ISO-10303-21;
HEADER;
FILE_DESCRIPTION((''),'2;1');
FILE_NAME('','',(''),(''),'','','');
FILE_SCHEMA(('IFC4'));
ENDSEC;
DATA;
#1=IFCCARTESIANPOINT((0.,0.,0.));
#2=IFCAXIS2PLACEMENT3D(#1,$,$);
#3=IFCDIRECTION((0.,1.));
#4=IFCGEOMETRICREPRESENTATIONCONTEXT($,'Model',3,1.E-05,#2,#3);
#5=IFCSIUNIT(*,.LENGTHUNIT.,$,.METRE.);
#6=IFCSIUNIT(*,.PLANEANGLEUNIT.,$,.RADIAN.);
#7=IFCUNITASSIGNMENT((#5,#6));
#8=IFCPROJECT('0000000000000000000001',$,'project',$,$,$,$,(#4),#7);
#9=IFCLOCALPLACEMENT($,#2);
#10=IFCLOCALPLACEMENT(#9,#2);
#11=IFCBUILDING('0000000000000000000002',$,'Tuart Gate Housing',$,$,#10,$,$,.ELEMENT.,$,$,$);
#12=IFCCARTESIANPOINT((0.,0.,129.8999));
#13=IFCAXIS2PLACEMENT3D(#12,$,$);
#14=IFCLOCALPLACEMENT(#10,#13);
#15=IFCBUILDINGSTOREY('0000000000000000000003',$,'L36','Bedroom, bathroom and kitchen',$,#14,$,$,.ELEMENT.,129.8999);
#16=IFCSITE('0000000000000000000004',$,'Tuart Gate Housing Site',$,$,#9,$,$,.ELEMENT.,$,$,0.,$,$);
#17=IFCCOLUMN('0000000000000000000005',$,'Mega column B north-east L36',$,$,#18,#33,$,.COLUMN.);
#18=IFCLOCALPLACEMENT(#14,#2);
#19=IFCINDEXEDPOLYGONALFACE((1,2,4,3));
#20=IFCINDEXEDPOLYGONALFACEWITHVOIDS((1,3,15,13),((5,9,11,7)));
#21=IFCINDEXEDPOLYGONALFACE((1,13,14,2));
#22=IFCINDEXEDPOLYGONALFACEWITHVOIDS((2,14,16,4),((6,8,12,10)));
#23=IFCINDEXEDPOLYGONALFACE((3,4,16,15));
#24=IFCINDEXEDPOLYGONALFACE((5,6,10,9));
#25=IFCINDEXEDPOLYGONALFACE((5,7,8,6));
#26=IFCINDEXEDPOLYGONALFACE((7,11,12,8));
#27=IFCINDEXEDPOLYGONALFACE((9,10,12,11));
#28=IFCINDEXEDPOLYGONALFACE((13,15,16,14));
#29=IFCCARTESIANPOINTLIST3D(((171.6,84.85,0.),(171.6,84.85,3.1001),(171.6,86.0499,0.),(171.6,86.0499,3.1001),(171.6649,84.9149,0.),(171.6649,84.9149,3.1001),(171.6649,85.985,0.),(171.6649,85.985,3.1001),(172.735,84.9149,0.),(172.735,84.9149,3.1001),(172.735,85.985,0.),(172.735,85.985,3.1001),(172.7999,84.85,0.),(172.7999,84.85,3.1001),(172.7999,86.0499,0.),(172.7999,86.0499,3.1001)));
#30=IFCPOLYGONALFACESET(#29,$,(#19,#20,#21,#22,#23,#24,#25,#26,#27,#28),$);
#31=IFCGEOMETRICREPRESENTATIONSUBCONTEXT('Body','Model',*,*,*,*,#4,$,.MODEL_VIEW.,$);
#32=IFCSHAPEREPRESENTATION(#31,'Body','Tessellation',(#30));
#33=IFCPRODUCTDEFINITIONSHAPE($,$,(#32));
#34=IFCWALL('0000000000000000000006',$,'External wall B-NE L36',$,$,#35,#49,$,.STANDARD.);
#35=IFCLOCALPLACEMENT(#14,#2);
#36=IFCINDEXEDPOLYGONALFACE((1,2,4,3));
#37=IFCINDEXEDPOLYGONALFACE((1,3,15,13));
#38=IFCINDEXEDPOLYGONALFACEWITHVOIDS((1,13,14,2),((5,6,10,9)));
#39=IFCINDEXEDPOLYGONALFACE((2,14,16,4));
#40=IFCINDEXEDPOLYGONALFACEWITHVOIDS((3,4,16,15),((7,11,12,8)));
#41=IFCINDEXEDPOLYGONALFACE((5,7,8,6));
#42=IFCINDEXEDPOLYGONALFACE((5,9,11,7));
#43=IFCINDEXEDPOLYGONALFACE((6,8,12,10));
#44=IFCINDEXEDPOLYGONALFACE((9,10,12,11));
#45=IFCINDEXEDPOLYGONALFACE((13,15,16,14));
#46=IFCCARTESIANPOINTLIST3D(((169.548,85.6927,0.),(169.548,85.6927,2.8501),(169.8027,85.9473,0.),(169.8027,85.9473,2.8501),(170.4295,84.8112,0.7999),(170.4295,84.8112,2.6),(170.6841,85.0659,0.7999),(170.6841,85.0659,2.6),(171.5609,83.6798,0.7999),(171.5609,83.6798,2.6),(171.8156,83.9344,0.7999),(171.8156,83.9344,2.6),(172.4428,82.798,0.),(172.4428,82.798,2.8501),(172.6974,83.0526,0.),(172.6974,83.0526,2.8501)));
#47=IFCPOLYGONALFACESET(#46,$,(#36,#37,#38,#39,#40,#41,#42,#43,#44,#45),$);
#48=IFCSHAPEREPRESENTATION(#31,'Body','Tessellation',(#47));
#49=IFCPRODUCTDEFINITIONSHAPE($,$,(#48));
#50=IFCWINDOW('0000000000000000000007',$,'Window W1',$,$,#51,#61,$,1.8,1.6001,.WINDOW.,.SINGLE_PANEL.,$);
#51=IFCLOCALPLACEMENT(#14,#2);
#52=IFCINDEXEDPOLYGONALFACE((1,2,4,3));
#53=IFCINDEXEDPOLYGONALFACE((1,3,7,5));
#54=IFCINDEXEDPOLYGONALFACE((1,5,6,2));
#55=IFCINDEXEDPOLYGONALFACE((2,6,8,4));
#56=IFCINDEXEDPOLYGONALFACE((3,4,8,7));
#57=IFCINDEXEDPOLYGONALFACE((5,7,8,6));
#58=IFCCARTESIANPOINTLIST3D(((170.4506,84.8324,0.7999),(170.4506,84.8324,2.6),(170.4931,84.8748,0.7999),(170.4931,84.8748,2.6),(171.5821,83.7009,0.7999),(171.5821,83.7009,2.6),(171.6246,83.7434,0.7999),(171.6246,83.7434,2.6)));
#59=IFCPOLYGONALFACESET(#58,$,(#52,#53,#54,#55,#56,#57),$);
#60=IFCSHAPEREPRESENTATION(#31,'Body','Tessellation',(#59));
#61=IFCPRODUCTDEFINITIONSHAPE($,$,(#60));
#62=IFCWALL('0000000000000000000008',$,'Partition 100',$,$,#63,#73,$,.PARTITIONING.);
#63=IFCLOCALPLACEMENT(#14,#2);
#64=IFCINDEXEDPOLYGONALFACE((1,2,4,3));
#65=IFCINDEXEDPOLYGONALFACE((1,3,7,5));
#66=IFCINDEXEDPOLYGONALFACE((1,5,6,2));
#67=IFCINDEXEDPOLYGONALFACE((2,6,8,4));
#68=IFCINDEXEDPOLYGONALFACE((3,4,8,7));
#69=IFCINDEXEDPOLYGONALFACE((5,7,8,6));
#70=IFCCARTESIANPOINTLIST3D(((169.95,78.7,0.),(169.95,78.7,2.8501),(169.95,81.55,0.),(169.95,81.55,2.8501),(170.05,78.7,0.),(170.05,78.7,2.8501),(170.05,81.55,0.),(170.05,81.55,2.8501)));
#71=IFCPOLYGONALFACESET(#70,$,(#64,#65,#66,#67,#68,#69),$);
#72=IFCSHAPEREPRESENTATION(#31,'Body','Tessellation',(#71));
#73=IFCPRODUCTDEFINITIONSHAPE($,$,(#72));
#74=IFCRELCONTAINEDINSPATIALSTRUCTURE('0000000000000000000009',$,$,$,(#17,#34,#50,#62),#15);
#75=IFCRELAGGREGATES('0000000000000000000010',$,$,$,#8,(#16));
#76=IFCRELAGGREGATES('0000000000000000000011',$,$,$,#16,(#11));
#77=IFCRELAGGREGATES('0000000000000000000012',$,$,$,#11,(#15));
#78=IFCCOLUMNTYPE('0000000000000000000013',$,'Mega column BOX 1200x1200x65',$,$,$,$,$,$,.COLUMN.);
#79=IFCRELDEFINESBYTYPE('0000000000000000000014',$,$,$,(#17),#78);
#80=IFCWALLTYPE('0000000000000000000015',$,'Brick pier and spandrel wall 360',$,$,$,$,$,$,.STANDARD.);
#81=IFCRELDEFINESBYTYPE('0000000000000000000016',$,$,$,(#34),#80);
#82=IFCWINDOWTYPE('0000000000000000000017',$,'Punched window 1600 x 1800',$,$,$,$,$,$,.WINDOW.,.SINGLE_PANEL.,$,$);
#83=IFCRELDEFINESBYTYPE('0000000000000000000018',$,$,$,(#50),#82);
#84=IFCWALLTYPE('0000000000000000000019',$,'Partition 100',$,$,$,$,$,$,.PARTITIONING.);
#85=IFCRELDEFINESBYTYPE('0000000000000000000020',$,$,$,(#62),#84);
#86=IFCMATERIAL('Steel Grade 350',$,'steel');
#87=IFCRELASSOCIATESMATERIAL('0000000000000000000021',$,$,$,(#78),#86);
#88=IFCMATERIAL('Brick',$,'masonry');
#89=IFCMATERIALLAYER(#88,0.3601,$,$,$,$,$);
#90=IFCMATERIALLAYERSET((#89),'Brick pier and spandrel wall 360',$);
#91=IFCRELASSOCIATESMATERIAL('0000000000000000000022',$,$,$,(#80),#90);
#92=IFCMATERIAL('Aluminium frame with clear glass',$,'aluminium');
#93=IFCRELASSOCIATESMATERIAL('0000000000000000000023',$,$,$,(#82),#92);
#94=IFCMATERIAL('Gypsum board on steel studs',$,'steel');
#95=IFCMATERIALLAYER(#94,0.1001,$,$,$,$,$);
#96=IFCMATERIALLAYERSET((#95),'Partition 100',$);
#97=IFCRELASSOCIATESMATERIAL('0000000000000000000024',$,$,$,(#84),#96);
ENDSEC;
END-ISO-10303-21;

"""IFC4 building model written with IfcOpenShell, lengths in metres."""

from ifc_helpers import new_model, si_unit, direction, frame, frame_2d, origin, origin_2d, place, context, subcontext, project, spatial, rectangle, hollow_rectangle, extrude, material, layer, layer_set, material_profile, profile_set, type_object, element, fill, save


model = new_model("IFC4")

# Units and contexts
model_context = context("Model", 3, precision=1e-05, world=origin(), true_north=direction((0.0, 1.0)))
body_context = subcontext(model_context, "Body", "Model", "MODEL_VIEW")
ifc_project = project(units=[si_unit("LENGTHUNIT", "METRE"), si_unit("PLANEANGLEUNIT", "RADIAN")], contexts=[model_context])

# Site, building, storey
site_placement = place(None, origin())
site = spatial("IfcSite", under=ifc_project, at=site_placement, Name="Tuart Gate Housing Site", CompositionType="ELEMENT", RefElevation=0.0)
building_placement = place(site_placement, origin())
building = spatial("IfcBuilding", under=site, at=building_placement, Name="Tuart Gate Housing", CompositionType="ELEMENT")
storey_placement = place(building_placement, frame((0.0, 0.0, 129.8999)))
storey = spatial("IfcBuildingStorey", under=building, at=storey_placement, Name="L36", Description="Bedroom, bathroom and kitchen", CompositionType="ELEMENT", Elevation=129.8999)

# Column
ifc_material_1 = material(Name="Steel Grade 350", Category="steel")
ifc_material_profile = material_profile(ifc_material_1, hollow_rectangle(XDim=1.2, YDim=1.2, WallThickness=0.0649, at=origin_2d()), Name="BOX 1200x1200x65")
ifc_profile_set = profile_set([ifc_material_profile], Name="Steel Grade 350")
column_type = type_object("IfcColumnType", Name="Mega column BOX 1200x1200x65", PredefinedType="COLUMN", material=ifc_profile_set)
column_placement = place(storey_placement, frame((172.2, 85.45, 0.0), z_axis=(0.0, 0.0, 1.0), x_axis=(1.0, 0.0, 0.0)))
element("IfcColumn", 1, at=column_placement, inside=storey, type_object=column_type, Name="Mega column B north-east L36", PredefinedType="COLUMN", context=body_context, shape_type="SweptSolid", body=[
    extrude(hollow_rectangle(XDim=1.2, YDim=1.2, WallThickness=0.0649, at=origin_2d()), origin(), (0.0, 0.0, 1.0), 3.1001),
])

# Wall, opening, window
ifc_material_2 = material(Name="Brick", Category="masonry")
ifc_layer_1 = layer(ifc_material_2, 0.3601)
ifc_layer_set_1 = layer_set([ifc_layer_1], Name="Brick pier and spandrel wall 360")
wall_type_1 = type_object("IfcWallType", Name="Brick pier and spandrel wall 360", PredefinedType="STANDARD", material=ifc_layer_set_1)
wall_1_placement = place(storey_placement, frame((172.5701, 82.9253, 0.0), z_axis=(0.0, 0.0, 1.0), x_axis=(-0.707107, 0.707107, 0.0)))
wall_1 = element("IfcWall", 2, at=wall_1_placement, inside=storey, type_object=wall_type_1, Name="External wall B-NE L36", PredefinedType="STANDARD", context=body_context, shape_type="SweptSolid", body=[
    extrude(rectangle(XDim=4.0938, YDim=0.3601, at=frame_2d((2.0469, 0.0))), origin(), (0.0, 0.0, 1.0), 2.8501),
])
opening_1_placement = place(wall_1_placement, frame((1.2471, 0.0, 0.8)))
opening_1 = element("IfcOpeningElement", 3, at=opening_1_placement, cuts=wall_1, PredefinedType="OPENING", context=body_context, shape_type="SweptSolid", body=[
    extrude(rectangle(XDim=1.6001, YDim=1.8, at=frame_2d((0.8, 0.8999))), frame((0.0, 0.1899, 0.0), z_axis=(0.0, -1.0, 0.0), x_axis=(1.0, 0.0, 0.0)), (0.0, 0.0, 1.0), 0.3801),
])
ifc_material_3 = material(Name="Aluminium frame with clear glass", Category="aluminium")
window_type_1 = type_object("IfcWindowType", Name="Punched window 1600 x 1800", PartitioningType="SINGLE_PANEL", PredefinedType="WINDOW", material=ifc_material_3)
window_1_placement = place(opening_1_placement, origin())
window_1 = element("IfcWindow", 4, at=window_1_placement, inside=storey, type_object=window_type_1, Name="Window W1", OverallHeight=1.8, OverallWidth=1.6001, PartitioningType="SINGLE_PANEL", PredefinedType="WINDOW", context=body_context, shape_type="SweptSolid", body=[
    extrude(rectangle(XDim=1.6001, YDim=1.8, at=frame_2d((0.8, 0.8999))), frame((0.0, 0.1501, 0.0), z_axis=(0.0, -1.0, 0.0), x_axis=(1.0, 0.0, 0.0)), (0.0, 0.0, 1.0), 0.0601),
])
fill(opening_1, window_1)

# Wall
ifc_material_4 = material(Name="Gypsum board on steel studs", Category="steel")
ifc_layer_2 = layer(ifc_material_4, 0.1001)
ifc_layer_set_2 = layer_set([ifc_layer_2], Name="Partition 100")
wall_type_2 = type_object("IfcWallType", Name="Partition 100", PredefinedType="PARTITIONING", material=ifc_layer_set_2)
wall_2_placement = place(storey_placement, frame((170.0, 78.7, 0.0), z_axis=(0.0, 0.0, 1.0), x_axis=(0.0, 1.0, 0.0)))
element("IfcWall", 5, at=wall_2_placement, inside=storey, type_object=wall_type_2, Name="Partition 100", PredefinedType="PARTITIONING", context=body_context, shape_type="SweptSolid", body=[
    extrude(rectangle(XDim=2.8501, YDim=0.1001, at=frame_2d((1.425, 0.0))), origin(), (0.0, 0.0, 1.0), 2.8501),
])

save(model, "model.ifc")
